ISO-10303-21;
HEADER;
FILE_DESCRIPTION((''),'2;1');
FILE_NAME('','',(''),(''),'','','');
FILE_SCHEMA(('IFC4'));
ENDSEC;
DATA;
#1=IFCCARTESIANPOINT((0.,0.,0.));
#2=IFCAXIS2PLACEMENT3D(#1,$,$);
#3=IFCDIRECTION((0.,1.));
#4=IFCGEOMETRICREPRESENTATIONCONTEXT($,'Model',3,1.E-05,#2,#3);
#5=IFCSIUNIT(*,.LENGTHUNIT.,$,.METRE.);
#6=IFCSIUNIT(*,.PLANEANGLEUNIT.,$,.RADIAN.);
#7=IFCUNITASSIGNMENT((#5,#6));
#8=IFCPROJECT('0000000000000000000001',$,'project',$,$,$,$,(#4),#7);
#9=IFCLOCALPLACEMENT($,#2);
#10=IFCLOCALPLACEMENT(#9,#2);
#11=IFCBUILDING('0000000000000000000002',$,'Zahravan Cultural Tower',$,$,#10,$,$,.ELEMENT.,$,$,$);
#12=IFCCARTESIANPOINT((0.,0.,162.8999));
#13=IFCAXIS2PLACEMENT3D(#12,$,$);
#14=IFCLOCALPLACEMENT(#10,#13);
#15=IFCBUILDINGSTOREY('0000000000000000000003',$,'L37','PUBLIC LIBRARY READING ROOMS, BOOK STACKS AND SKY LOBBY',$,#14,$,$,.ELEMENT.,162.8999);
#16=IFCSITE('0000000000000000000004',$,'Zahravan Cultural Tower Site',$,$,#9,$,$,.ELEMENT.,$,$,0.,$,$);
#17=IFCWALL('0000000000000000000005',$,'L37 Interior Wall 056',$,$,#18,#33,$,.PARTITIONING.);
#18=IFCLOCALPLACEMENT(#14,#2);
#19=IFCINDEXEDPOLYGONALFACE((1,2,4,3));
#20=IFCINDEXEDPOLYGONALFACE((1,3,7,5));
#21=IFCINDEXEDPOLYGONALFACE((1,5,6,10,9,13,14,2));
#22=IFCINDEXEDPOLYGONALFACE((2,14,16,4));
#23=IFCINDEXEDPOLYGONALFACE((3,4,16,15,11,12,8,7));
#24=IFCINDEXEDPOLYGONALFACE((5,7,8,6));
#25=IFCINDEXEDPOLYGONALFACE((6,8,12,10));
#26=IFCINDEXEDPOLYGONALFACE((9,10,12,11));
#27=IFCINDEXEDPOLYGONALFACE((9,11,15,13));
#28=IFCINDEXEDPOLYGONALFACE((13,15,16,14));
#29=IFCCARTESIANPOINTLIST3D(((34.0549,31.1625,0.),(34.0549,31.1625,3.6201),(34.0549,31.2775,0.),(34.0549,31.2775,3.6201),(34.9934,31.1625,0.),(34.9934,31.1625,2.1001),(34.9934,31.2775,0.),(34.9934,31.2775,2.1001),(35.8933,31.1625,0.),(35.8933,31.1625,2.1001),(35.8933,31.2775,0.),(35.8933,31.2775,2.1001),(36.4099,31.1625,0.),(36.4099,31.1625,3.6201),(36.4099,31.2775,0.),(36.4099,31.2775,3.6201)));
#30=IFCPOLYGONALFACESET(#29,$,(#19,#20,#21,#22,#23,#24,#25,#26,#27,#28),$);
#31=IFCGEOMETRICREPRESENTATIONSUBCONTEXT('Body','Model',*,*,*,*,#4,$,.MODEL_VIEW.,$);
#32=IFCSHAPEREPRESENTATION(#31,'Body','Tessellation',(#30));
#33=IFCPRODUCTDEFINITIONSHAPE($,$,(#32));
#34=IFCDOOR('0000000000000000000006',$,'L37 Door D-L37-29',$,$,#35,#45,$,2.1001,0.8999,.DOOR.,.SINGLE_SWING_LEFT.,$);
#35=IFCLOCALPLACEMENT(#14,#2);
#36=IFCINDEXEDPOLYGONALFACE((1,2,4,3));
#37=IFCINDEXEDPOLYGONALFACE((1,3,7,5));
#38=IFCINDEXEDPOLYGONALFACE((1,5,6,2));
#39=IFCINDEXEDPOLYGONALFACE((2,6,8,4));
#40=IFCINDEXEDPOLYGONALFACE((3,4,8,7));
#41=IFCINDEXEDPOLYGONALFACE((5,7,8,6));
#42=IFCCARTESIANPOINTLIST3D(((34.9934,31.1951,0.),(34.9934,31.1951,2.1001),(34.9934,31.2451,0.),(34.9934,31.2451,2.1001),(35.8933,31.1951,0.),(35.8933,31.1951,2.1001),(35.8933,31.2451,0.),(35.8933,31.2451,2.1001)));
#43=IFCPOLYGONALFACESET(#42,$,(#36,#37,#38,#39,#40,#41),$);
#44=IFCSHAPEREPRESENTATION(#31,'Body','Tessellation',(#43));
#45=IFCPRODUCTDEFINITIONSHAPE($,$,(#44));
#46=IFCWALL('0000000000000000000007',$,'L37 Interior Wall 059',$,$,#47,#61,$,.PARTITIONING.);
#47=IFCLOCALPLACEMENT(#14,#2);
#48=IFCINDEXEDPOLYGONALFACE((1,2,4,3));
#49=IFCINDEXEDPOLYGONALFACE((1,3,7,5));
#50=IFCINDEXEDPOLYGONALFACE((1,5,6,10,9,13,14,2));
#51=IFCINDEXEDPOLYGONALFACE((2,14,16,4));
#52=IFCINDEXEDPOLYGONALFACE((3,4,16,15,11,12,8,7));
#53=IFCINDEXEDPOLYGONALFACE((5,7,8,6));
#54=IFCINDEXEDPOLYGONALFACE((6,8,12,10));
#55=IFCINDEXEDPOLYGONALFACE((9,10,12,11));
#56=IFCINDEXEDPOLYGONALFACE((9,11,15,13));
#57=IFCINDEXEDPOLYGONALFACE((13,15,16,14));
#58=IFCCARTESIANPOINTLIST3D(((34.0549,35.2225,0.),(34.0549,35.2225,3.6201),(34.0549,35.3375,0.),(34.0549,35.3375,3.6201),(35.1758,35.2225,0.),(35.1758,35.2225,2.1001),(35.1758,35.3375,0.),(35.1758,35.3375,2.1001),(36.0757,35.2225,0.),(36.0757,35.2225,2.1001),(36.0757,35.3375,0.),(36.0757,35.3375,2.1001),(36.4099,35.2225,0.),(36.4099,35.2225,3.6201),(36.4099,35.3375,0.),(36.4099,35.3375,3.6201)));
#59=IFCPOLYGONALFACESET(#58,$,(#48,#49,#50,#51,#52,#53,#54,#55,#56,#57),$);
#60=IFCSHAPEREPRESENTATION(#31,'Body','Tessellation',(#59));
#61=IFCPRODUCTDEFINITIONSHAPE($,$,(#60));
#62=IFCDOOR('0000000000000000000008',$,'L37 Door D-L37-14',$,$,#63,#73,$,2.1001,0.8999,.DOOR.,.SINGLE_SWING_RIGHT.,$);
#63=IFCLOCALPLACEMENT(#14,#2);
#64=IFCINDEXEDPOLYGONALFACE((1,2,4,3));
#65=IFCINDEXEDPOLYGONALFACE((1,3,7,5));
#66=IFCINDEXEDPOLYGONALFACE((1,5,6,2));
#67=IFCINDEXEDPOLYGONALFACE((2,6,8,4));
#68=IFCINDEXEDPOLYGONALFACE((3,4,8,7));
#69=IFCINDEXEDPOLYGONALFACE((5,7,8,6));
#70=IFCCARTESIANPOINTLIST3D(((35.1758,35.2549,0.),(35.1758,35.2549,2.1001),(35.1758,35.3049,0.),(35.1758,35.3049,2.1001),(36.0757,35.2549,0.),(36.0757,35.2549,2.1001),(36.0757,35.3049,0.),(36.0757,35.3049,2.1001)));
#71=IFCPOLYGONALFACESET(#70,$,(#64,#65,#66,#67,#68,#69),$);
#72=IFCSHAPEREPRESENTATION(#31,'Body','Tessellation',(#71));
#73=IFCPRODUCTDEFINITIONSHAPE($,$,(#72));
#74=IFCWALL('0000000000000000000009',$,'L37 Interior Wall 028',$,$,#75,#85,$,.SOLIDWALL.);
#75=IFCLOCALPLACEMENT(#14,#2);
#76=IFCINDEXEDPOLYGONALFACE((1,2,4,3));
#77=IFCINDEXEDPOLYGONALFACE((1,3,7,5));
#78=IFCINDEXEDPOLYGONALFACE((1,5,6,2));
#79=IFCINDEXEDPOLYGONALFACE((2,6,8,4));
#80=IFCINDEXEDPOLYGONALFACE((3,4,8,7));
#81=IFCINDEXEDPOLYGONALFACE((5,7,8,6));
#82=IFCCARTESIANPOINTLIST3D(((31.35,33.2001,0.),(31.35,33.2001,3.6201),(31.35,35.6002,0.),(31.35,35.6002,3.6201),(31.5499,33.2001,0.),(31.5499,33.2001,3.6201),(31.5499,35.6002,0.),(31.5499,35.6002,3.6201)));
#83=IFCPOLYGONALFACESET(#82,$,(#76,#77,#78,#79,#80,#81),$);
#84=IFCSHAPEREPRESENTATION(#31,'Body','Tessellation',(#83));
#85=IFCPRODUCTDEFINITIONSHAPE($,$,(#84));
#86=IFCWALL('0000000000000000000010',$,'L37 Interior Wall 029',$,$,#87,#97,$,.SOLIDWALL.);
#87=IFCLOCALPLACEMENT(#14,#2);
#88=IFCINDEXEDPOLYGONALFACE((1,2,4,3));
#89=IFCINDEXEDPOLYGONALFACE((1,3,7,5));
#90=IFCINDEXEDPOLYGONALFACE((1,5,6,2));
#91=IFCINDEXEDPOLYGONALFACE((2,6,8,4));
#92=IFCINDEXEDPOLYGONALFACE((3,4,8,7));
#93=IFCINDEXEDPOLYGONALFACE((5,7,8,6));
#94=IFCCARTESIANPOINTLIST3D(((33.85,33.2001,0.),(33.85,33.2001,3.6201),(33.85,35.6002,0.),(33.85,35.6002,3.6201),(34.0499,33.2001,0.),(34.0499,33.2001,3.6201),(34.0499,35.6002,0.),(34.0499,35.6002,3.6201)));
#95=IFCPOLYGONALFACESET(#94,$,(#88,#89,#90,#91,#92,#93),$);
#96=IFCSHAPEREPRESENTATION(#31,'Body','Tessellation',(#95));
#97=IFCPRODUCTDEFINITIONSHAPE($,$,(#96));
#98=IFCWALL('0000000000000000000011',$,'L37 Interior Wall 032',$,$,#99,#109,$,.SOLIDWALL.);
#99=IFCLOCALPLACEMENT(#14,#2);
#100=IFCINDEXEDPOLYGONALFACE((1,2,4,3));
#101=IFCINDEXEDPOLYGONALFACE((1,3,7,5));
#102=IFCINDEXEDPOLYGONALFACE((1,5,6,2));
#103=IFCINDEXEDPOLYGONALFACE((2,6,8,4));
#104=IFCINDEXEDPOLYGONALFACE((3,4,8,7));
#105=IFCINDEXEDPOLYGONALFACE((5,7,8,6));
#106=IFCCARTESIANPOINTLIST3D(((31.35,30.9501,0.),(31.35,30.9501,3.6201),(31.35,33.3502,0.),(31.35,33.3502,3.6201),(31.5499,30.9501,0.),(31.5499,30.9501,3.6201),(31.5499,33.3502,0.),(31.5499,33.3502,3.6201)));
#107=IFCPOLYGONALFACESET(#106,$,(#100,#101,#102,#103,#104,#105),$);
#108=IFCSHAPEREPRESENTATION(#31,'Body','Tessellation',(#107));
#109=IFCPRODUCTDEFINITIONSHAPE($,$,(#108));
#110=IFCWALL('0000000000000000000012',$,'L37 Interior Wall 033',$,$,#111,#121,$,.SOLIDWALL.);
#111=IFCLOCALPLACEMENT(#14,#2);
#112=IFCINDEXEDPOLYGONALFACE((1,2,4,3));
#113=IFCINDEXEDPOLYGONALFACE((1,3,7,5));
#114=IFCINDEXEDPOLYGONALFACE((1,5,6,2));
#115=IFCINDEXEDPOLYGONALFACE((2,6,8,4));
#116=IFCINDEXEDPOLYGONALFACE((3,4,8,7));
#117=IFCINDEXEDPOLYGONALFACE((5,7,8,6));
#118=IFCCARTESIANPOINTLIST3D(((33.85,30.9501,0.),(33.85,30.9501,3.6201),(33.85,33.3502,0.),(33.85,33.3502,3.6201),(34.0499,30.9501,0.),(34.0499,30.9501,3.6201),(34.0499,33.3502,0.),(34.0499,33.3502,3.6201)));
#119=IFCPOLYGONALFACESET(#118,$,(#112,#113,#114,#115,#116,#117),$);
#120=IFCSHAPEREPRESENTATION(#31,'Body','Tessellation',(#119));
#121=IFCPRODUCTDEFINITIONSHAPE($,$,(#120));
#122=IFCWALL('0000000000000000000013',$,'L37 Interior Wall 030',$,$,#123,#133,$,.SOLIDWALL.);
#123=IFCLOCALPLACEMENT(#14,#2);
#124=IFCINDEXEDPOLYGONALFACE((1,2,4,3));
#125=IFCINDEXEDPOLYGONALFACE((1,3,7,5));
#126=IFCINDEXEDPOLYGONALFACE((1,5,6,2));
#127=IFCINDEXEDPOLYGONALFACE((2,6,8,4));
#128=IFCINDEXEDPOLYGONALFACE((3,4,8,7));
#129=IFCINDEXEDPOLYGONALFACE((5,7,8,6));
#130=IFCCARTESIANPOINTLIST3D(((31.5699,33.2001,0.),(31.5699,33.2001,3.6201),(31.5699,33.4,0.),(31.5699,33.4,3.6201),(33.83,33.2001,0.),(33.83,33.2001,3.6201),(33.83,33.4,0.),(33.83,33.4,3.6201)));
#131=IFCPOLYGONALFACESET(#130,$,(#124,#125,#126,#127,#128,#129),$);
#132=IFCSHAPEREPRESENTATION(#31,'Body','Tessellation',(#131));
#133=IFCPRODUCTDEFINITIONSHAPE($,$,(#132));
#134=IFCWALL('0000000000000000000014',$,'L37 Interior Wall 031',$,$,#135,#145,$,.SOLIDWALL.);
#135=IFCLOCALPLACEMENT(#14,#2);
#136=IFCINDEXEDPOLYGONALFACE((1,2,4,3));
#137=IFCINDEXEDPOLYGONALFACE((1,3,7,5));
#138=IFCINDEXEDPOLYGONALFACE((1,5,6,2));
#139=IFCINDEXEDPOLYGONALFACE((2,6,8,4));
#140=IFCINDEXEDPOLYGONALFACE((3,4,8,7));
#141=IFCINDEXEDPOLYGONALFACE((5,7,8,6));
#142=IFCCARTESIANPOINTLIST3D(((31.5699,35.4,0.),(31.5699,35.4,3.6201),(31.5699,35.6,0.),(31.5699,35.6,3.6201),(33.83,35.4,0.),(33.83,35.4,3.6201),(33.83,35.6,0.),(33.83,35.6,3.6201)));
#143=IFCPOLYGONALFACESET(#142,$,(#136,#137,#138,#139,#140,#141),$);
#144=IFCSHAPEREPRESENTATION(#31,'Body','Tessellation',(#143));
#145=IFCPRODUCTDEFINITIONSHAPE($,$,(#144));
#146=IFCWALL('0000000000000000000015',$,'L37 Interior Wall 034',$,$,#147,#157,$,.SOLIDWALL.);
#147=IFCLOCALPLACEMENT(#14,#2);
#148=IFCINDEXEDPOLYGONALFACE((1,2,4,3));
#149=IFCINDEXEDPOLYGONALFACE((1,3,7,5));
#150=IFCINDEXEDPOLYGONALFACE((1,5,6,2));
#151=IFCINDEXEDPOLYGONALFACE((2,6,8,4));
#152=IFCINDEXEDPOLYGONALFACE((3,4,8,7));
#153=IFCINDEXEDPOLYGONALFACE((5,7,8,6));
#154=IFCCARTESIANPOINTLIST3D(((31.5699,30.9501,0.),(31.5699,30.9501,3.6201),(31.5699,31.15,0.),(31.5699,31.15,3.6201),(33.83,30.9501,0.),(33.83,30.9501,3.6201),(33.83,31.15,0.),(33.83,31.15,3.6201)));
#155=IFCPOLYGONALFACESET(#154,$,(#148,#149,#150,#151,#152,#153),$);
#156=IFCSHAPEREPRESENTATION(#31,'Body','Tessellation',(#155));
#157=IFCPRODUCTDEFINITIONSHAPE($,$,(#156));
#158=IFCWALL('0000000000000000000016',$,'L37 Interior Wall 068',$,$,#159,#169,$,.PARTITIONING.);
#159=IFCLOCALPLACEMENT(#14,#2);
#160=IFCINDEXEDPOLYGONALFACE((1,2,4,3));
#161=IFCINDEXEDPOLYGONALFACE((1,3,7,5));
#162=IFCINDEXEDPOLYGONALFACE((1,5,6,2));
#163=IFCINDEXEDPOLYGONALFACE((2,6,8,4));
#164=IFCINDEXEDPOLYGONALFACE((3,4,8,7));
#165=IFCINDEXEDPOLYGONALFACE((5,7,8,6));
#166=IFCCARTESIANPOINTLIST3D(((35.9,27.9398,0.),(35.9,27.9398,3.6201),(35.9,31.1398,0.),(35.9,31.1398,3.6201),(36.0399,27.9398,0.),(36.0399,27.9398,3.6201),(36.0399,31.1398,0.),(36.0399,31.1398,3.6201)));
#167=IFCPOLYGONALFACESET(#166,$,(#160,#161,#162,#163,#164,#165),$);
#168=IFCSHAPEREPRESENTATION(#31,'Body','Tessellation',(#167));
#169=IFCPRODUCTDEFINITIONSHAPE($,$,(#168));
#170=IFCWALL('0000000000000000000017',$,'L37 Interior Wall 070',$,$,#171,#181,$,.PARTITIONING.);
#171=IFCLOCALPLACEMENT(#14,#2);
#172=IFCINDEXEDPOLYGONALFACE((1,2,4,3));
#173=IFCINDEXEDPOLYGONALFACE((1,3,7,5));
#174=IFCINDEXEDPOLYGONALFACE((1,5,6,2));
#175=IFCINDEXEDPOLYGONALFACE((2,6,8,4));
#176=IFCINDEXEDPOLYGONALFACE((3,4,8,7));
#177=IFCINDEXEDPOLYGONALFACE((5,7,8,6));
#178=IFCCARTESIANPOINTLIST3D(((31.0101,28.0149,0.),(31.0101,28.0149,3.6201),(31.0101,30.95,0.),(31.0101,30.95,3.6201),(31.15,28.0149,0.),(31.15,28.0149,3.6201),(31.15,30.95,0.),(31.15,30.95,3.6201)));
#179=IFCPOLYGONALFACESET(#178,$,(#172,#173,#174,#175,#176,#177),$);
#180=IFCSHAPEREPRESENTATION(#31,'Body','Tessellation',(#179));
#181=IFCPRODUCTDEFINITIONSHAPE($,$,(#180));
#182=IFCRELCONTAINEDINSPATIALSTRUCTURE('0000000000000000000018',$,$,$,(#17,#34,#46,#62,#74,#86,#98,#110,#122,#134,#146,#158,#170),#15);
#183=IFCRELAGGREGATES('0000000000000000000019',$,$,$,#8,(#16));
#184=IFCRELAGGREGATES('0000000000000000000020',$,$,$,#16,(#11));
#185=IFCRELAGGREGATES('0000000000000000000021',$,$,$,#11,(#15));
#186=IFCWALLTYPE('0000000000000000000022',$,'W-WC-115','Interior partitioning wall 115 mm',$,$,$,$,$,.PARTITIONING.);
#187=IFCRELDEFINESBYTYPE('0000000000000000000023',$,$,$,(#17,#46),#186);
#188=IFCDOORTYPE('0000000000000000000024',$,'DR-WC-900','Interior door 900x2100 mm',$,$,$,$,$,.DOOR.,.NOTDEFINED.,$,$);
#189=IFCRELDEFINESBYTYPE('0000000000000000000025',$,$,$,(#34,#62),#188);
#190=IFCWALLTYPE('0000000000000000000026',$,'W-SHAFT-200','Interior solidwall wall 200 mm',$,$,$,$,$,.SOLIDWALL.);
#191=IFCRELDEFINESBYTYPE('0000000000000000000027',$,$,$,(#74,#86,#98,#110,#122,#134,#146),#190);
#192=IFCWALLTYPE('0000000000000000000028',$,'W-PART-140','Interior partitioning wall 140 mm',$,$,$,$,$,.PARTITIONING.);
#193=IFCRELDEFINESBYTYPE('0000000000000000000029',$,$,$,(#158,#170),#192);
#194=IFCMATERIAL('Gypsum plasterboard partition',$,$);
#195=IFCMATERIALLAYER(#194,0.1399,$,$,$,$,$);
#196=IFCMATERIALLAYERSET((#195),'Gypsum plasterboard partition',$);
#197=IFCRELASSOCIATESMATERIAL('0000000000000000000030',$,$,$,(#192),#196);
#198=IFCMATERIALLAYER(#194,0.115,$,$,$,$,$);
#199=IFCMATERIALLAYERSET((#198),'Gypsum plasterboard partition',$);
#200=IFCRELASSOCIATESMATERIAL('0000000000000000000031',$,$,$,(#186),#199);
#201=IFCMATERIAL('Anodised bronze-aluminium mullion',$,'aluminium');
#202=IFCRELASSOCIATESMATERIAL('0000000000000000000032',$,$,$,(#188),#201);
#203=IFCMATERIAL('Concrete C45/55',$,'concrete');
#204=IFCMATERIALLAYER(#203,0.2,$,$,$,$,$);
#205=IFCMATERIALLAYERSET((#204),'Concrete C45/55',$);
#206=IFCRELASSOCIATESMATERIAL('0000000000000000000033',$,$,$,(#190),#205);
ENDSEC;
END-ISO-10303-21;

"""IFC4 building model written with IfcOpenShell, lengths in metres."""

from ifc_helpers import new_model, si_unit, direction, frame, frame_2d, origin, place, context, subcontext, project, spatial, rectangle, extrude, source, transform, mapped, material, layer, layer_set, type_object, element, fill, save


model = new_model("IFC4")

# Units and contexts
model_context = context("Model", 3, precision=1e-05, world=origin(), true_north=direction((0.0, 1.0)))
body_context = subcontext(model_context, "Body", "Model", "MODEL_VIEW")
ifc_project = project(units=[si_unit("LENGTHUNIT", "METRE"), si_unit("PLANEANGLEUNIT", "RADIAN")], contexts=[model_context])

# Site, building, storey
site_placement = place(None, origin())
site = spatial("IfcSite", under=ifc_project, at=site_placement, Name="Zahravan Cultural Tower Site", CompositionType="ELEMENT", RefElevation=0.0)
building_placement = place(site_placement, origin())
building = spatial("IfcBuilding", under=site, at=building_placement, Name="Zahravan Cultural Tower", CompositionType="ELEMENT")
storey_placement = place(building_placement, frame((0.0, 0.0, 162.8999)))
storey = spatial("IfcBuildingStorey", under=building, at=storey_placement, Name="L37", Description="PUBLIC LIBRARY READING ROOMS, BOOK STACKS AND SKY LOBBY", CompositionType="ELEMENT", Elevation=162.8999)

# Walls, openings, doors
ifc_material_1 = material(Name="Gypsum plasterboard partition")
ifc_layer_1 = layer(ifc_material_1, 0.1399)
ifc_layer_set_1 = layer_set([ifc_layer_1], Name="Gypsum plasterboard partition")
wall_type_1 = type_object("IfcWallType", Name="W-PART-140", Description="Interior partitioning wall 140 mm", PredefinedType="PARTITIONING", material=ifc_layer_set_1)
ifc_material_2 = material(Name="Anodised bronze-aluminium mullion", Category="aluminium")
ifc_layer_2 = layer(ifc_material_1, 0.115)
ifc_layer_set_2 = layer_set([ifc_layer_2], Name="Gypsum plasterboard partition")
wall_type_2 = type_object("IfcWallType", Name="W-WC-115", Description="Interior partitioning wall 115 mm", PredefinedType="PARTITIONING", material=ifc_layer_set_2)
wall_1_placement = place(storey_placement, frame((36.4099, 31.22, 0.0), z_axis=(0.0, 0.0, 1.0), x_axis=(-1.0, 0.0, 0.0)))
wall_1 = element("IfcWall", 1, at=wall_1_placement, inside=storey, type_object=wall_type_2, Name="L37 Interior Wall 056", PredefinedType="PARTITIONING", context=body_context, shape_type="SweptSolid", body=[
    extrude(rectangle(XDim=2.355, YDim=0.115, at=frame_2d((1.1775, 0.0))), origin(), (0.0, 0.0, 1.0), 3.6201),
])
opening_1_placement = place(wall_1_placement, frame((0.5166, 0.0, 0.0)))
opening_1 = element("IfcOpeningElement", 2, at=opening_1_placement, cuts=wall_1, PredefinedType="OPENING", context=body_context, shape_type="SweptSolid", body=[
    extrude(rectangle(XDim=0.8999, YDim=2.1001, at=frame_2d((0.45, 1.05))), frame((0.0, 0.0674, 0.0), z_axis=(0.0, -1.0, 0.0), x_axis=(1.0, 0.0, 0.0)), (0.0, 0.0, 1.0), 0.135),
])
door_type_1 = type_object("IfcDoorType", Name="DR-WC-900", Description="Interior door 900x2100 mm", OperationType="NOTDEFINED", PredefinedType="DOOR", material=ifc_material_2)
shared_shape_1 = source(origin(), body_context, "Body", "SweptSolid", [
    extrude(rectangle(XDim=0.8999, YDim=2.1001, at=frame_2d((0.45, 1.05))), frame((0.0, 0.0249, 0.0), z_axis=(0.0, -1.0, 0.0), x_axis=(1.0, 0.0, 0.0)), (0.0, 0.0, 1.0), 0.05),
])
door_1_placement = place(opening_1_placement, origin())
door_1 = element("IfcDoor", 3, at=door_1_placement, inside=storey, type_object=door_type_1, Name="L37 Door D-L37-29", OperationType="SINGLE_SWING_LEFT", OverallHeight=2.1001, OverallWidth=0.8999, PredefinedType="DOOR", context=body_context, shape_type="MappedRepresentation", body=[
    mapped(shared_shape_1, transform((0.0, 0.0, 0.0), x_axis=(1.0, 0.0, 0.0), y_axis=(0.0, 1.0, 0.0), z_axis=(0.0, 0.0, 1.0), scale=1.0)),
])
fill(opening_1, door_1)
wall_2_placement = place(storey_placement, frame((34.0549, 35.28, 0.0), z_axis=(0.0, 0.0, 1.0), x_axis=(1.0, 0.0, 0.0)))
wall_2 = element("IfcWall", 4, at=wall_2_placement, inside=storey, type_object=wall_type_2, Name="L37 Interior Wall 059", PredefinedType="PARTITIONING", context=body_context, shape_type="SweptSolid", body=[
    extrude(rectangle(XDim=2.355, YDim=0.115, at=frame_2d((1.1775, 0.0))), origin(), (0.0, 0.0, 1.0), 3.6201),
])
opening_2_placement = place(wall_2_placement, frame((1.1208, 0.0, 0.0)))
opening_2 = element("IfcOpeningElement", 5, at=opening_2_placement, cuts=wall_2, PredefinedType="OPENING", context=body_context, shape_type="SweptSolid", body=[
    extrude(rectangle(XDim=0.8999, YDim=2.1001, at=frame_2d((0.45, 1.05))), frame((0.0, 0.0674, 0.0), z_axis=(0.0, -1.0, 0.0), x_axis=(1.0, 0.0, 0.0)), (0.0, 0.0, 1.0), 0.135),
])
door_2_placement = place(opening_2_placement, origin())
door_2 = element("IfcDoor", 6, at=door_2_placement, inside=storey, type_object=door_type_1, Name="L37 Door D-L37-14", OperationType="SINGLE_SWING_RIGHT", OverallHeight=2.1001, OverallWidth=0.8999, PredefinedType="DOOR", context=body_context, shape_type="MappedRepresentation", body=[
    mapped(shared_shape_1, transform((0.0, 0.0, 0.0), x_axis=(1.0, 0.0, 0.0), y_axis=(0.0, 1.0, 0.0), z_axis=(0.0, 0.0, 1.0), scale=1.0)),
])
fill(opening_2, door_2)

# Walls
ifc_material_3 = material(Name="Concrete C45/55", Category="concrete")
ifc_layer_3 = layer(ifc_material_3, 0.2)
ifc_layer_set_3 = layer_set([ifc_layer_3], Name="Concrete C45/55")
wall_type_3 = type_object("IfcWallType", Name="W-SHAFT-200", Description="Interior solidwall wall 200 mm", PredefinedType="SOLIDWALL", material=ifc_layer_set_3)
shared_shape_2 = source(origin(), body_context, "Body", "SweptSolid", [
    extrude(rectangle(XDim=2.4001, YDim=0.2, at=frame_2d((1.2002, 0.0))), origin(), (0.0, 0.0, 1.0), 3.6201),
])
for number, where, z_axis, x_axis, name in (
    (7, (31.45, 33.2, 0.0), (0.0, 0.0, 1.0), (0.0, 1.0, 0.0), "L37 Interior Wall 028"),
    (8, (33.95, 33.2, 0.0), (0.0, 0.0, 1.0), (0.0, 1.0, 0.0), "L37 Interior Wall 029"),
    (9, (31.45, 30.95, 0.0), (0.0, 0.0, 1.0), (0.0, 1.0, 0.0), "L37 Interior Wall 032"),
    (10, (33.95, 30.95, 0.0), (0.0, 0.0, 1.0), (0.0, 1.0, 0.0), "L37 Interior Wall 033"),
):
    element("IfcWall", number, at=place(storey_placement, frame(where, z_axis=z_axis, x_axis=x_axis)), inside=storey, type_object=wall_type_3, Name=name, PredefinedType="SOLIDWALL", context=body_context, shape_type="MappedRepresentation", body=[
        mapped(shared_shape_2, transform((0.0, 0.0, 0.0), x_axis=(1.0, 0.0, 0.0), y_axis=(0.0, 1.0, 0.0), z_axis=(0.0, 0.0, 1.0), scale=1.0)),
    ])
shared_shape_3 = source(origin(), body_context, "Body", "SweptSolid", [
    extrude(rectangle(XDim=2.26, YDim=0.2, at=frame_2d((1.1299, 0.0))), origin(), (0.0, 0.0, 1.0), 3.6201),
])
for number, where, z_axis, x_axis, name in (
    (11, (31.5701, 33.3, 0.0), (0.0, 0.0, 1.0), (1.0, 0.0, 0.0), "L37 Interior Wall 030"),
    (12, (31.5701, 35.5, 0.0), (0.0, 0.0, 1.0), (1.0, 0.0, 0.0), "L37 Interior Wall 031"),
    (13, (31.5701, 31.05, 0.0), (0.0, 0.0, 1.0), (1.0, 0.0, 0.0), "L37 Interior Wall 034"),
):
    element("IfcWall", number, at=place(storey_placement, frame(where, z_axis=z_axis, x_axis=x_axis)), inside=storey, type_object=wall_type_3, Name=name, PredefinedType="SOLIDWALL", context=body_context, shape_type="MappedRepresentation", body=[
        mapped(shared_shape_3, transform((0.0, 0.0, 0.0), x_axis=(1.0, 0.0, 0.0), y_axis=(0.0, 1.0, 0.0), z_axis=(0.0, 0.0, 1.0), scale=1.0)),
    ])
shared_shape_4 = source(origin(), body_context, "Body", "SweptSolid", [
    extrude(rectangle(XDim=3.2, YDim=0.1399, at=frame_2d((1.6001, 0.0))), origin(), (0.0, 0.0, 1.0), 3.6201),
])
wall_3_placement = place(storey_placement, frame((35.97, 31.1399, 0.0), z_axis=(0.0, 0.0, 1.0), x_axis=(0.0, -1.0, 0.0)))
element("IfcWall", 14, at=wall_3_placement, inside=storey, type_object=wall_type_1, Name="L37 Interior Wall 068", PredefinedType="PARTITIONING", context=body_context, shape_type="MappedRepresentation", body=[
    mapped(shared_shape_4, transform((0.0, 0.0, 0.0), x_axis=(1.0, 0.0, 0.0), y_axis=(0.0, 1.0, 0.0), z_axis=(0.0, 0.0, 1.0), scale=1.0)),
])
shared_shape_5 = source(origin(), body_context, "Body", "SweptSolid", [
    extrude(rectangle(XDim=2.9351, YDim=0.1399, at=frame_2d((1.4675, 0.0))), origin(), (0.0, 0.0, 1.0), 3.6201),
])
wall_4_placement = place(storey_placement, frame((31.0801, 28.0149, 0.0), z_axis=(0.0, 0.0, 1.0), x_axis=(0.0, 1.0, 0.0)))
element("IfcWall", 15, at=wall_4_placement, inside=storey, type_object=wall_type_1, Name="L37 Interior Wall 070", PredefinedType="PARTITIONING", context=body_context, shape_type="MappedRepresentation", body=[
    mapped(shared_shape_5, transform((0.0, 0.0, 0.0), x_axis=(1.0, 0.0, 0.0), y_axis=(0.0, 1.0, 0.0), z_axis=(0.0, 0.0, 1.0), scale=1.0)),
])

save(model, "model.ifc")
